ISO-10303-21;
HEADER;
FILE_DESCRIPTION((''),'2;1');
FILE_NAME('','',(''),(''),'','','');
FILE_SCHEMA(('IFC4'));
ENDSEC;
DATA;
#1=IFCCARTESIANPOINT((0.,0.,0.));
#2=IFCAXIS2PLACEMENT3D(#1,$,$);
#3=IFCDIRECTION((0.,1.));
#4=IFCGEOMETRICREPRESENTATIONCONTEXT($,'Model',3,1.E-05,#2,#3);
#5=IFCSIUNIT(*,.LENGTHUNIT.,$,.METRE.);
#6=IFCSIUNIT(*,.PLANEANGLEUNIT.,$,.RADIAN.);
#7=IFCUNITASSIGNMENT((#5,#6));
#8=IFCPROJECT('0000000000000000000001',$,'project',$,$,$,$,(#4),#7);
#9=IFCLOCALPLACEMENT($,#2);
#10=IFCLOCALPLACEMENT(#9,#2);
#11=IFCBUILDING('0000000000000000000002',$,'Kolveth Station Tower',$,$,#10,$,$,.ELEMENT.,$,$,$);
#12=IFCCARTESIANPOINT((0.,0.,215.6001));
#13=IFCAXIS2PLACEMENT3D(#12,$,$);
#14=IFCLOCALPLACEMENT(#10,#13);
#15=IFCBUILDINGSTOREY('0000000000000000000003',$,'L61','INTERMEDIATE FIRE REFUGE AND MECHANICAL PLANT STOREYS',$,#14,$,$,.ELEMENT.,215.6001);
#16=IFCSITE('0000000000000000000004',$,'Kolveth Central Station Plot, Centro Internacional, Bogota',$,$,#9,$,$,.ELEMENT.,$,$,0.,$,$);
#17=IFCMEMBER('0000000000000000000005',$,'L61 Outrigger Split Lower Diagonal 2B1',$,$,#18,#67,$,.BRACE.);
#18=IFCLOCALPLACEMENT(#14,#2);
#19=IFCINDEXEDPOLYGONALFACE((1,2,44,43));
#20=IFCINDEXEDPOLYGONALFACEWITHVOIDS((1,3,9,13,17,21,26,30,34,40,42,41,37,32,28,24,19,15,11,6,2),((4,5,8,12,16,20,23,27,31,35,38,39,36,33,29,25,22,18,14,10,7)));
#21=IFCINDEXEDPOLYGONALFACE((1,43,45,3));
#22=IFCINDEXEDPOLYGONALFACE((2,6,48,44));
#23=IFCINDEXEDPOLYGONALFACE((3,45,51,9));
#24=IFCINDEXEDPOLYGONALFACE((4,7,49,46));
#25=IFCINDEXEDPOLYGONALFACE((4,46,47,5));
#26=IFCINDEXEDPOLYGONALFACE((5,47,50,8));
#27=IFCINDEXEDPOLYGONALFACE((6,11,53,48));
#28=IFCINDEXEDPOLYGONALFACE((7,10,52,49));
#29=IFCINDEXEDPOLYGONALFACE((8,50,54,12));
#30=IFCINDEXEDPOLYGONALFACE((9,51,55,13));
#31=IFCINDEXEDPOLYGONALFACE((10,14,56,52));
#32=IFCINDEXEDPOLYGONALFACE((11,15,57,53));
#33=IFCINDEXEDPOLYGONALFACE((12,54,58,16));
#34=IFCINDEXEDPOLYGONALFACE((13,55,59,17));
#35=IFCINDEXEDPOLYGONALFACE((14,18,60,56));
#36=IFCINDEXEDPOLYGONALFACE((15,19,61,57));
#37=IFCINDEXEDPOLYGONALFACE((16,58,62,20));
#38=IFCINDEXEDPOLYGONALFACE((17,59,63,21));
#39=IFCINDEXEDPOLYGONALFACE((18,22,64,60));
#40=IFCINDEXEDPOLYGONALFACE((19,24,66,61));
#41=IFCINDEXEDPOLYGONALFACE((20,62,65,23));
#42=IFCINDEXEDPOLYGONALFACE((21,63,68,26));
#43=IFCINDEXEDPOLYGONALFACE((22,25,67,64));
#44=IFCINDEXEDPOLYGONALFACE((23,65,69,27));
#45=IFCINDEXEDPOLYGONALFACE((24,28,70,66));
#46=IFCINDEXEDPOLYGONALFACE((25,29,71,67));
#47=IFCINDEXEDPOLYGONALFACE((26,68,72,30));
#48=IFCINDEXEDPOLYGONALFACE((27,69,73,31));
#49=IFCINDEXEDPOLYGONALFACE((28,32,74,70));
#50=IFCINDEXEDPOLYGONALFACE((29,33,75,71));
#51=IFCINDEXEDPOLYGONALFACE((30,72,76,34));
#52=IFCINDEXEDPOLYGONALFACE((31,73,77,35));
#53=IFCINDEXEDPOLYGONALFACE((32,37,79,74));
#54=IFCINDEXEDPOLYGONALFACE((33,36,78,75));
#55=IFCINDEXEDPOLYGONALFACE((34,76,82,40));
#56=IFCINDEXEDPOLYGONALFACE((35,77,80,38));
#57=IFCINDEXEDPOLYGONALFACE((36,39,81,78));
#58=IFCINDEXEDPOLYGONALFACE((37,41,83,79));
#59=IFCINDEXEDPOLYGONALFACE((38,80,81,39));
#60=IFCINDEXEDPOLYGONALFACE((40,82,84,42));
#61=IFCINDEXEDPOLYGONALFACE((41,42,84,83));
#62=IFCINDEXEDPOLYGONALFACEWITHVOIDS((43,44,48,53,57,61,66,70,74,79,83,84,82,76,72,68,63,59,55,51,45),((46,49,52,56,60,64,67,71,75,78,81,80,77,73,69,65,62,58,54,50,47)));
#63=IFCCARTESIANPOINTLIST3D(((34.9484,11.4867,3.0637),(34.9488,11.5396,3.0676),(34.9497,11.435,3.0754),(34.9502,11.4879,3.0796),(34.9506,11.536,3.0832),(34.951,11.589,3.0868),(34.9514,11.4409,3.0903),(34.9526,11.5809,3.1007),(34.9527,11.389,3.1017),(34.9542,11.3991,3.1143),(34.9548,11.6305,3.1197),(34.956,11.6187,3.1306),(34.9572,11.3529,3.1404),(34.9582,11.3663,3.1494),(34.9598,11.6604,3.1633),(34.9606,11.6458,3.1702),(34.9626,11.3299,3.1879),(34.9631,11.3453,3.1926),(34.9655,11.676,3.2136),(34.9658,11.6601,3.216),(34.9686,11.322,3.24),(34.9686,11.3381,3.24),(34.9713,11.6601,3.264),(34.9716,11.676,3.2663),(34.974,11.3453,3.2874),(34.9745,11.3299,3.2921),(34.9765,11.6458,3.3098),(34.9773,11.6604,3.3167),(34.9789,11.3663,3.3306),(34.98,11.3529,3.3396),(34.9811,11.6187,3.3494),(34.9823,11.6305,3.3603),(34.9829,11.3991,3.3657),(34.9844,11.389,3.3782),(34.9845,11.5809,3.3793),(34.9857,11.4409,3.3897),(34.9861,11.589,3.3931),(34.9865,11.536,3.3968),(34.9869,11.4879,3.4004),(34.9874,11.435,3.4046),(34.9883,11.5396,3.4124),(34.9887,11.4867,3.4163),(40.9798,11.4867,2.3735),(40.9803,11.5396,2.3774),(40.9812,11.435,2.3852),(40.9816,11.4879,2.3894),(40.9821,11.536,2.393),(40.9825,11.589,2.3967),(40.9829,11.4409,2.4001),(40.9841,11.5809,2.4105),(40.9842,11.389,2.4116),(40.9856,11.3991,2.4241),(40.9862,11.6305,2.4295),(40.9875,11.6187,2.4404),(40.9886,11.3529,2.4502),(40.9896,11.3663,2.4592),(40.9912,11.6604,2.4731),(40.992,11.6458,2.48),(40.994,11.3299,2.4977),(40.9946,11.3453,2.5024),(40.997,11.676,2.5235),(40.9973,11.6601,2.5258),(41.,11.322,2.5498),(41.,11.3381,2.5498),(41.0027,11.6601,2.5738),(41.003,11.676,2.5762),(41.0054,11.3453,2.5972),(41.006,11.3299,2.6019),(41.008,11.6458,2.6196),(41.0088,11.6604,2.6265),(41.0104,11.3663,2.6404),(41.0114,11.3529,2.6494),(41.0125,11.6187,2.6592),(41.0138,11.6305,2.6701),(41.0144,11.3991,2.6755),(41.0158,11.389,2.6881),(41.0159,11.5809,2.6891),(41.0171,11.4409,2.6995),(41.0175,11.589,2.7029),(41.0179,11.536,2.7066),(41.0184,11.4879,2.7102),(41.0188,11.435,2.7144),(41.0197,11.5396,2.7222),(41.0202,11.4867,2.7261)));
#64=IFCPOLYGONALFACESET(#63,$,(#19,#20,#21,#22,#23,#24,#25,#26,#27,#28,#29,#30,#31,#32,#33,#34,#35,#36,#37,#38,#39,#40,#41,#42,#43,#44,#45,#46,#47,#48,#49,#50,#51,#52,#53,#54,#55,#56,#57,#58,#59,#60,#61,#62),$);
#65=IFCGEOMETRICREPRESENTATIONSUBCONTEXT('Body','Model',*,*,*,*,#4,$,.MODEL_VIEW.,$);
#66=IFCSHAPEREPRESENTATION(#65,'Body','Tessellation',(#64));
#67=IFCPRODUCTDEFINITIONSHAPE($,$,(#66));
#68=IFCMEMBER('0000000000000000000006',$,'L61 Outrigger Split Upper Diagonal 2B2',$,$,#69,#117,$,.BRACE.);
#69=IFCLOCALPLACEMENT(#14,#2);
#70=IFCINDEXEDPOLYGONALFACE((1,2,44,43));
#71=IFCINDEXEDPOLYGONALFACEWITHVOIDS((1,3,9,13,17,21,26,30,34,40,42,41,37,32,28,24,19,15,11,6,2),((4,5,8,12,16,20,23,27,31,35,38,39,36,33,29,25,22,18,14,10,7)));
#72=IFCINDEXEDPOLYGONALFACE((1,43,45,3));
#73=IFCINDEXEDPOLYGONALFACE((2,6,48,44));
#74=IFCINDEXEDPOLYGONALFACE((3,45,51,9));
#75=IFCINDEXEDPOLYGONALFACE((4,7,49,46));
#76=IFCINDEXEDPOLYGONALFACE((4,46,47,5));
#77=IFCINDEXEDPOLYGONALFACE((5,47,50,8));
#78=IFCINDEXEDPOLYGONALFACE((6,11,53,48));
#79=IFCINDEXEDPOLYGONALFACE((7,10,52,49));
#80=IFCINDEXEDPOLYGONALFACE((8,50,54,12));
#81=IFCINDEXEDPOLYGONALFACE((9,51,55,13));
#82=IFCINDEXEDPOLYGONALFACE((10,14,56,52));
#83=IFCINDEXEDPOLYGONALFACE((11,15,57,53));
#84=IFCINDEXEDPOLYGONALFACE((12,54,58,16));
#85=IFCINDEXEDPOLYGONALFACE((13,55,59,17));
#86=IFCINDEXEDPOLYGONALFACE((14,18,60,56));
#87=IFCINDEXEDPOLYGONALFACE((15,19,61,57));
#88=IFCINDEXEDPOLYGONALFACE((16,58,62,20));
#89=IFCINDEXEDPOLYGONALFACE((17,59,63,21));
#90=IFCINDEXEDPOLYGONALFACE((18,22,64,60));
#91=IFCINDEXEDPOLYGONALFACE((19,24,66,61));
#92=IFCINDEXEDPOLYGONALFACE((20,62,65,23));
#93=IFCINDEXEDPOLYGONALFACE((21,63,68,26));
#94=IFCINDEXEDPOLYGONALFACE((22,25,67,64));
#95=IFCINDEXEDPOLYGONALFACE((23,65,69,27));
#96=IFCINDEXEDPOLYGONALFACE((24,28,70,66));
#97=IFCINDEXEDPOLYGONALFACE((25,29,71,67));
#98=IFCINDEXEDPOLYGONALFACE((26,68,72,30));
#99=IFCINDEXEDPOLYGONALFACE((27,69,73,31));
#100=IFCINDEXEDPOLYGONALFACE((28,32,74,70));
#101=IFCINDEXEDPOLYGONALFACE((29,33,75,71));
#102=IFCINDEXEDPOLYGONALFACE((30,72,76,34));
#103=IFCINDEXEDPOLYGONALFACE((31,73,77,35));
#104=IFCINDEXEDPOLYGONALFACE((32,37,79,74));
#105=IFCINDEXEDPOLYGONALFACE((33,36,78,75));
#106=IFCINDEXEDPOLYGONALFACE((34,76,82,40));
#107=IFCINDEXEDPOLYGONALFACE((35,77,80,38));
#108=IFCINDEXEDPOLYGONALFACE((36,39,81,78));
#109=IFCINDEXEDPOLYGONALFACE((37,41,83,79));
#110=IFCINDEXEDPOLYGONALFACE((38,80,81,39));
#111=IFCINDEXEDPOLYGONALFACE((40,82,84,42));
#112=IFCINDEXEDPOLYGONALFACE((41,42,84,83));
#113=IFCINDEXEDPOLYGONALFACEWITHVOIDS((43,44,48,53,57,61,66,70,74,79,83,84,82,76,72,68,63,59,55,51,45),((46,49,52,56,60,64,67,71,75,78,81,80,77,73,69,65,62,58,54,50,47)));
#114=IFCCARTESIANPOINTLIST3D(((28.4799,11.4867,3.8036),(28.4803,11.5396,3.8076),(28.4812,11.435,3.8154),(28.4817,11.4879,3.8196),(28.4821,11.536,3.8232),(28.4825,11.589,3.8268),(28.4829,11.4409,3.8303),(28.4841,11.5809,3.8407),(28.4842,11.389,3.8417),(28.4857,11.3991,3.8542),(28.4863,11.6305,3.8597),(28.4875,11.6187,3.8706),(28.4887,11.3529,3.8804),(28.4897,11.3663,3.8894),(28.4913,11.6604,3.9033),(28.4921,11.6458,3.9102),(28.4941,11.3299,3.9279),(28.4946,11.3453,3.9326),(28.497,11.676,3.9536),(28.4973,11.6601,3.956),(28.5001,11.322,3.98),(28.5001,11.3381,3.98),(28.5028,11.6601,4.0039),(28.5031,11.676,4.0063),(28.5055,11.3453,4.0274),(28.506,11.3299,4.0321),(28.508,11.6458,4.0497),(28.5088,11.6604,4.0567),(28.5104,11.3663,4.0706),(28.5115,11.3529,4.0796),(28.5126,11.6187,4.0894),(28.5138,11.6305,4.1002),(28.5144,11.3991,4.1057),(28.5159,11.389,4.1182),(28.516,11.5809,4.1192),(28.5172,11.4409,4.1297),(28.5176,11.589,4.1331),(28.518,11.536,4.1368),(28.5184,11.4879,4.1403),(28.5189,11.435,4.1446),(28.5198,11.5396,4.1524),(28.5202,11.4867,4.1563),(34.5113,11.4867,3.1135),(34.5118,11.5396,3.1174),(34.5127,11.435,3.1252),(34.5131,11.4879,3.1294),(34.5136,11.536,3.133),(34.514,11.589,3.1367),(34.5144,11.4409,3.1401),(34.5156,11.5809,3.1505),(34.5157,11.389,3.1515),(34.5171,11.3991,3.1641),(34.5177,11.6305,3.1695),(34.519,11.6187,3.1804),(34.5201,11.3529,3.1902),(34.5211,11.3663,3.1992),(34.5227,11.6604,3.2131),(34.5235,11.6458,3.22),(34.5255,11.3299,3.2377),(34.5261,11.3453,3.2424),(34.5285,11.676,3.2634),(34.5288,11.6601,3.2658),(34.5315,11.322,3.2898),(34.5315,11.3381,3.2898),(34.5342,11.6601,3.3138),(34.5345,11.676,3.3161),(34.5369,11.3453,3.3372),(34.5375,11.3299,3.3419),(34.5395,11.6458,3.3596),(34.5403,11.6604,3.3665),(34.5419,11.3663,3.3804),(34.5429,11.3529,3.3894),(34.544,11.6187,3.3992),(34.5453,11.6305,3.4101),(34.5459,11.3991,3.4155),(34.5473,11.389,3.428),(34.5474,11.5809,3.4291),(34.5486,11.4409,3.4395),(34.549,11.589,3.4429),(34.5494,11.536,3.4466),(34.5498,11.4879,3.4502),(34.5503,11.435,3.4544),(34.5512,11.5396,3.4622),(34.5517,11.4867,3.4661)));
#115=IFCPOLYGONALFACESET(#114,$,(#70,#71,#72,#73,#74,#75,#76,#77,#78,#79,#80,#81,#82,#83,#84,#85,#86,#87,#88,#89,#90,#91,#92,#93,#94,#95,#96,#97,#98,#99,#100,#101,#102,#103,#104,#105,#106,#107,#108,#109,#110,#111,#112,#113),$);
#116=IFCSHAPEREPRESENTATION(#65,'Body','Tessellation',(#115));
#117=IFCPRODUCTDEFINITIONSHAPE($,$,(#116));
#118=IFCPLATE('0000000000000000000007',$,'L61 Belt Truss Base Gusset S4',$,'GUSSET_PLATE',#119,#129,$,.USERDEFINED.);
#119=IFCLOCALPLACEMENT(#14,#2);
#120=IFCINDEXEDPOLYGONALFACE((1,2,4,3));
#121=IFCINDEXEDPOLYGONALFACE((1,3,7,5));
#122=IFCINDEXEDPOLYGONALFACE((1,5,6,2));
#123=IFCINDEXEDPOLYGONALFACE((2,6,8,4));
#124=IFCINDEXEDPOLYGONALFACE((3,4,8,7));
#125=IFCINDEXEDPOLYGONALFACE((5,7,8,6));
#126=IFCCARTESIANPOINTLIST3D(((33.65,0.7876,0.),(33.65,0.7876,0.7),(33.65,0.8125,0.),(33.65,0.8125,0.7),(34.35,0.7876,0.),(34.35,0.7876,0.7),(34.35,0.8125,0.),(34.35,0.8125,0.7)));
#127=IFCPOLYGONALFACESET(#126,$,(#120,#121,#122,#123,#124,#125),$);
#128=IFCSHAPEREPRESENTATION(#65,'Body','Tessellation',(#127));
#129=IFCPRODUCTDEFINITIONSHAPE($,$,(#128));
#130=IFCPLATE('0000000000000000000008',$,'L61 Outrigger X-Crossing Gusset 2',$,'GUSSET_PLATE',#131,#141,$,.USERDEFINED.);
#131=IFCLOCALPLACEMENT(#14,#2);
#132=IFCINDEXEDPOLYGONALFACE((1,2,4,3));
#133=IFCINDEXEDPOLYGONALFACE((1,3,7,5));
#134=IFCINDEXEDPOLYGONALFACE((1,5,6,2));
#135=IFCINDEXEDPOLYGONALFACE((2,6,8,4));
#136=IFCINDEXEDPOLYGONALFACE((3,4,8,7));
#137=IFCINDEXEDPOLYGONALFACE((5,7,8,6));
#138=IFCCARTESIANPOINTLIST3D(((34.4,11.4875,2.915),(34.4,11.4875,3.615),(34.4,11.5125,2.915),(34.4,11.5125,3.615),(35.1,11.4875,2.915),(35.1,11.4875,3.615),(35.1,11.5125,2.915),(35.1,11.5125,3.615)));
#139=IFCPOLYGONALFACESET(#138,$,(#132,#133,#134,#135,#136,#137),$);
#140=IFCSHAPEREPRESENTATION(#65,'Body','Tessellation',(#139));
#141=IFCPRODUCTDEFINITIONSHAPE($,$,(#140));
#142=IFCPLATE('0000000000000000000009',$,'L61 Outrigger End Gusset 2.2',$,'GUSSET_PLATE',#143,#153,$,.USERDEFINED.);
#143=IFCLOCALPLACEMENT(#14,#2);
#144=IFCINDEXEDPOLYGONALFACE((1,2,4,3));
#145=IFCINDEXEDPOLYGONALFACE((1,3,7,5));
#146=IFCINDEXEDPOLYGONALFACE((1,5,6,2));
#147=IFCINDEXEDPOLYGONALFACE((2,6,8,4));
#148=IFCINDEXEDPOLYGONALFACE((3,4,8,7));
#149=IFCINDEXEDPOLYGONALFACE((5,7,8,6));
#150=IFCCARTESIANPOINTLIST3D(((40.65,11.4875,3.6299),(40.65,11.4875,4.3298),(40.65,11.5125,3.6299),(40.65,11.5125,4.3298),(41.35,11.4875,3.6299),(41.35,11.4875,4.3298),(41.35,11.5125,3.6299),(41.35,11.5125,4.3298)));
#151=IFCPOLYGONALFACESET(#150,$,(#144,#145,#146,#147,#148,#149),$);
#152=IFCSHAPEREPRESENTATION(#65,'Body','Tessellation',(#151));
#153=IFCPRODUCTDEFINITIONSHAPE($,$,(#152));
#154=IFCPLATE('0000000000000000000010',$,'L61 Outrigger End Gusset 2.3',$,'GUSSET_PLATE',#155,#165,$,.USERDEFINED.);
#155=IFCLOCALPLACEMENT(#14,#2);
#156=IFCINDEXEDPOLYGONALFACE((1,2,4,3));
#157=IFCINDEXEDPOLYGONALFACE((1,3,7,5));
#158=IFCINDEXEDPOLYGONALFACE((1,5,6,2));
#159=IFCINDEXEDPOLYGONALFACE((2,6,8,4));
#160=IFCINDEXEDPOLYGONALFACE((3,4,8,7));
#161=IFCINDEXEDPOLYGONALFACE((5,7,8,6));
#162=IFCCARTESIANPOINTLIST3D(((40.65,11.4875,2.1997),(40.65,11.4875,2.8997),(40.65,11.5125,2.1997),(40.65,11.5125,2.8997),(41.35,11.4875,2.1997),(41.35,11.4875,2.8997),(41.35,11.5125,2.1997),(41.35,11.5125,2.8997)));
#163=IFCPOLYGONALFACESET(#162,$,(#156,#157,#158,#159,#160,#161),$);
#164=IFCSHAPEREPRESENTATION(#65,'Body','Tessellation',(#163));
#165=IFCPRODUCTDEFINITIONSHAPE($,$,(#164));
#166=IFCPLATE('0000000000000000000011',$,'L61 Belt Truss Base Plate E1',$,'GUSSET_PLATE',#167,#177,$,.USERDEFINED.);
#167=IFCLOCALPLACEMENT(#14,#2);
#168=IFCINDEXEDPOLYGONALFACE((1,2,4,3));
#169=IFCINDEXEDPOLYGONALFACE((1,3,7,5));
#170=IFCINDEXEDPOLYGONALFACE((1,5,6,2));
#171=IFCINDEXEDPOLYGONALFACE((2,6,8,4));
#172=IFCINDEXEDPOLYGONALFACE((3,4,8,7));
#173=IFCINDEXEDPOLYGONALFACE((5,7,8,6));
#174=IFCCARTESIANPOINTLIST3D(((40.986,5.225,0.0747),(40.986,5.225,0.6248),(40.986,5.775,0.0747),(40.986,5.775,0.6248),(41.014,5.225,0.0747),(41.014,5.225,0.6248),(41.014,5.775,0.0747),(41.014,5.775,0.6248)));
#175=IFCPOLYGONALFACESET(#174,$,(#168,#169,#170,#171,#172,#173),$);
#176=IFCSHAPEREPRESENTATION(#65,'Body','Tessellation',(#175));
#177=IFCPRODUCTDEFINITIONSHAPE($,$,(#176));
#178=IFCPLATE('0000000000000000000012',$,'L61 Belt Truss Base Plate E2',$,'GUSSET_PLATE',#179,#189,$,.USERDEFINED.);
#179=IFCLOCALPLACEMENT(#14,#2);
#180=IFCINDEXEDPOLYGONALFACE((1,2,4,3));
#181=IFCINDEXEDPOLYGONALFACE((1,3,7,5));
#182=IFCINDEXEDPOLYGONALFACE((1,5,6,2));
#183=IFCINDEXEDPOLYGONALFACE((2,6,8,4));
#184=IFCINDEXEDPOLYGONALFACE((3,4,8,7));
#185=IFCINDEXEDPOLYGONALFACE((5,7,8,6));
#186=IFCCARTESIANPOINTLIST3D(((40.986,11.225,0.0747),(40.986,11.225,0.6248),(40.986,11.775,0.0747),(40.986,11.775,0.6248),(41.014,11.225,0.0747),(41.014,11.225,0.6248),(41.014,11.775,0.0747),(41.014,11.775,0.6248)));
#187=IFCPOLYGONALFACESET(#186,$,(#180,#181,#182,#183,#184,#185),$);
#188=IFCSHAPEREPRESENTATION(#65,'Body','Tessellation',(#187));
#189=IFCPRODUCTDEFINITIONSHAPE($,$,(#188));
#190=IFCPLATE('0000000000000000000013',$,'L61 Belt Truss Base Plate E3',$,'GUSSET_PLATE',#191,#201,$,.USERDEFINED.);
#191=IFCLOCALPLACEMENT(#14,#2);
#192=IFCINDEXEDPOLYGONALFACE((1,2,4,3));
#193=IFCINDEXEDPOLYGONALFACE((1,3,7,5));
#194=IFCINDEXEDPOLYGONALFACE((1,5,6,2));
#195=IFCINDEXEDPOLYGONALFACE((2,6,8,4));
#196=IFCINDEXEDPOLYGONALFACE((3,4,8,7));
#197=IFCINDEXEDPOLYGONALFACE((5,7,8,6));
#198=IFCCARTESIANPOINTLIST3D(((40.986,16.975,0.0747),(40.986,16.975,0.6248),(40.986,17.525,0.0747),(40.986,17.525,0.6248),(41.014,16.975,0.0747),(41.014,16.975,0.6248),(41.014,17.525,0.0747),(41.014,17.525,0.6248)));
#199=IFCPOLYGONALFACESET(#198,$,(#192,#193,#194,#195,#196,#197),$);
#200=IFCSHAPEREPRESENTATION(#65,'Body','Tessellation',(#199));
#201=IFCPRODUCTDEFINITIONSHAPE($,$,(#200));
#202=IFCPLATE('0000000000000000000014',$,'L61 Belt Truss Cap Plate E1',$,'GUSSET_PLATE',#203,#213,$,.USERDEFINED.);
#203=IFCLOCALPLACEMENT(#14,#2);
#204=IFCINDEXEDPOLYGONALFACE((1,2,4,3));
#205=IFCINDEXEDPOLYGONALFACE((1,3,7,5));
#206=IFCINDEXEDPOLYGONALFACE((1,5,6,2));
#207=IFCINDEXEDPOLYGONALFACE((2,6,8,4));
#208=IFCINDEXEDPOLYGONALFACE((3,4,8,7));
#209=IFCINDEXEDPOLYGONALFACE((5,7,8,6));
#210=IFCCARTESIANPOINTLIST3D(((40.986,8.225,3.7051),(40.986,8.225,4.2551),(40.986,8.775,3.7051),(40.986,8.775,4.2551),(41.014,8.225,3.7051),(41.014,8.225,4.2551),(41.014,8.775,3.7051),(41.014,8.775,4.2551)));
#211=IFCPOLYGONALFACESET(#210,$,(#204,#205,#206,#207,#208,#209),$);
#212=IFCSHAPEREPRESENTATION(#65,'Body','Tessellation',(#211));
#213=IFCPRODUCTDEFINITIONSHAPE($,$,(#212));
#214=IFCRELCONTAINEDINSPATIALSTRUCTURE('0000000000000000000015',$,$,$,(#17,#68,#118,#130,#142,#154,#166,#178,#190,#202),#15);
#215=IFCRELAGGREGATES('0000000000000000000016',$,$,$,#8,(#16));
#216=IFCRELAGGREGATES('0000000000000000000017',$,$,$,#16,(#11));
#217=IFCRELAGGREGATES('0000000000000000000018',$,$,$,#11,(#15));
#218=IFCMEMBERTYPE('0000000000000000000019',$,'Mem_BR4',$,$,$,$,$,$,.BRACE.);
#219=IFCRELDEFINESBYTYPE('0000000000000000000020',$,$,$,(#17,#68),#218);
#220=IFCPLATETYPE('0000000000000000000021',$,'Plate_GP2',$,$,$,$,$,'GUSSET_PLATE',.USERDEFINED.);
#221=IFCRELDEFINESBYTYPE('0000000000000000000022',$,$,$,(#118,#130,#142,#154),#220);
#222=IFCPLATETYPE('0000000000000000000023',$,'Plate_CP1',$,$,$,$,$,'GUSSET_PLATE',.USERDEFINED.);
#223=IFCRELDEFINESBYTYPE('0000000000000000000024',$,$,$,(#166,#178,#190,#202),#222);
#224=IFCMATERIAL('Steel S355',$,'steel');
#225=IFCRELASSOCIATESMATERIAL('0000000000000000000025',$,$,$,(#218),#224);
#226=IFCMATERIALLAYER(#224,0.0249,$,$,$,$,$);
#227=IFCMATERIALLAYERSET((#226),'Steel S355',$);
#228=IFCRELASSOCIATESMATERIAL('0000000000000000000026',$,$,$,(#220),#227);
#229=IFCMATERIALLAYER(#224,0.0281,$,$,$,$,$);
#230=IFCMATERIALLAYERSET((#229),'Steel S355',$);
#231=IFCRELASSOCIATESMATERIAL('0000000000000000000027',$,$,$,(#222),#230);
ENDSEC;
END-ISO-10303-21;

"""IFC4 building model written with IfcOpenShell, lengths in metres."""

from ifc_helpers import new_model, si_unit, direction, frame, origin, origin_2d, place, context, subcontext, project, spatial, rectangle, hollow_circle, extrude, source, transform, mapped, material, layer, layer_set, material_profile, profile_set, type_object, element, save


model = new_model("IFC4")

# Units and contexts
model_context = context("Model", 3, precision=1e-05, world=origin(), true_north=direction((0.0, 1.0)))
body_context = subcontext(model_context, "Body", "Model", "MODEL_VIEW")
ifc_project = project(units=[si_unit("LENGTHUNIT", "METRE"), si_unit("PLANEANGLEUNIT", "RADIAN")], contexts=[model_context])

# Site, building, storey
site_placement = place(None, origin())
site = spatial("IfcSite", under=ifc_project, at=site_placement, Name="Kolveth Central Station Plot, Centro Internacional, Bogota", CompositionType="ELEMENT", RefElevation=0.0)
building_placement = place(site_placement, origin())
building = spatial("IfcBuilding", under=site, at=building_placement, Name="Kolveth Station Tower", CompositionType="ELEMENT")
storey_placement = place(building_placement, frame((0.0, 0.0, 215.6001)))
storey = spatial("IfcBuildingStorey", under=building, at=storey_placement, Name="L61", Description="INTERMEDIATE FIRE REFUGE AND MECHANICAL PLANT STOREYS", CompositionType="ELEMENT", Elevation=215.6001)

# Shared definitions
ifc_material_1 = material(Name="Steel S355", Category="steel")

# Members
ifc_material_profile_1 = material_profile(ifc_material_1, hollow_circle(Radius=0.178, WallThickness=0.0161, at=origin_2d()), Name="CHS356x16")
ifc_profile_set_1 = profile_set([ifc_material_profile_1], Name="Steel S355")
member_type_1 = type_object("IfcMemberType", Name="Mem_BR4", PredefinedType="BRACE", material=ifc_profile_set_1)
shared_shape_1 = source(origin(), body_context, "Body", "SweptSolid", [
    extrude(hollow_circle(Radius=0.178, WallThickness=0.0161, at=origin_2d()), origin(), (0.0, 0.0, 1.0), 6.0708),
])
for number, where, z_axis, x_axis, name in (
    (1, (41.0, 11.5, 2.5498), (-0.993516, 0.0, 0.113688), (0.0, -1.0, 0.0), "L61 Outrigger Split Lower Diagonal 2B1"),
    (2, (34.5315, 11.5, 3.2898), (-0.993516, 0.0, 0.113688), (0.0, -1.0, 0.0), "L61 Outrigger Split Upper Diagonal 2B2"),
):
    element("IfcMember", number, at=place(storey_placement, frame(where, z_axis=z_axis, x_axis=x_axis)), inside=storey, type_object=member_type_1, Name=name, PredefinedType="BRACE", context=body_context, shape_type="MappedRepresentation", body=[
        mapped(shared_shape_1, transform((0.0, 0.0, 0.0), x_axis=(1.0, 0.0, 0.0), y_axis=(0.0, 1.0, 0.0), z_axis=(0.0, 0.0, 1.0), scale=1.0)),
    ])

# Plates
ifc_layer_1 = layer(ifc_material_1, 0.0249)
ifc_layer_set_1 = layer_set([ifc_layer_1], Name="Steel S355")
plate_type_1 = type_object("IfcPlateType", Name="Plate_GP2", ElementType="GUSSET_PLATE", PredefinedType="USERDEFINED", material=ifc_layer_set_1)
shared_shape_2 = source(origin(), body_context, "Body", "SweptSolid", [
    extrude(rectangle(XDim=0.7, YDim=0.0249, at=origin_2d()), origin(), (0.0, 0.0, 1.0), 0.7),
])
for number, where, z_axis, x_axis, name in (
    (3, (34.0, 0.8, 0.0), (0.0, 0.0, 1.0), (1.0, 0.0, 0.0), "L61 Belt Truss Base Gusset S4"),
    (4, (34.75, 11.5, 2.915), (0.0, 0.0, 1.0), (1.0, 0.0, 0.0), "L61 Outrigger X-Crossing Gusset 2"),
    (5, (41.0, 11.5, 3.6299), (0.0, 0.0, 1.0), (1.0, 0.0, 0.0), "L61 Outrigger End Gusset 2.2"),
    (6, (41.0, 11.5, 2.1997), (0.0, 0.0, 1.0), (1.0, 0.0, 0.0), "L61 Outrigger End Gusset 2.3"),
):
    element("IfcPlate", number, at=place(storey_placement, frame(where, z_axis=z_axis, x_axis=x_axis)), inside=storey, type_object=plate_type_1, Name=name, ObjectType="GUSSET_PLATE", PredefinedType="USERDEFINED", context=body_context, shape_type="MappedRepresentation", body=[
        mapped(shared_shape_2, transform((0.0, 0.0, 0.0), x_axis=(1.0, 0.0, 0.0), y_axis=(0.0, 1.0, 0.0), z_axis=(0.0, 0.0, 1.0), scale=1.0)),
    ])
ifc_layer_2 = layer(ifc_material_1, 0.0281)
ifc_layer_set_2 = layer_set([ifc_layer_2], Name="Steel S355")
plate_type_2 = type_object("IfcPlateType", Name="Plate_CP1", ElementType="GUSSET_PLATE", PredefinedType="USERDEFINED", material=ifc_layer_set_2)
shared_shape_3 = source(origin(), body_context, "Body", "SweptSolid", [
    extrude(rectangle(XDim=0.0281, YDim=0.55, at=origin_2d()), origin(), (0.0, 0.0, 1.0), 0.55),
])
for number, where, z_axis, x_axis, name in (
    (7, (41.0, 5.5, 0.0747), (0.0, 0.0, 1.0), (1.0, 0.0, 0.0), "L61 Belt Truss Base Plate E1"),
    (8, (41.0, 11.5, 0.0747), (0.0, 0.0, 1.0), (1.0, 0.0, 0.0), "L61 Belt Truss Base Plate E2"),
    (9, (41.0, 17.25, 0.0747), (0.0, 0.0, 1.0), (1.0, 0.0, 0.0), "L61 Belt Truss Base Plate E3"),
    (10, (41.0, 8.5, 3.7051), (0.0, 0.0, 1.0), (1.0, 0.0, 0.0), "L61 Belt Truss Cap Plate E1"),
):
    element("IfcPlate", number, at=place(storey_placement, frame(where, z_axis=z_axis, x_axis=x_axis)), inside=storey, type_object=plate_type_2, Name=name, ObjectType="GUSSET_PLATE", PredefinedType="USERDEFINED", context=body_context, shape_type="MappedRepresentation", body=[
        mapped(shared_shape_3, transform((0.0, 0.0, 0.0), x_axis=(1.0, 0.0, 0.0), y_axis=(0.0, 1.0, 0.0), z_axis=(0.0, 0.0, 1.0), scale=1.0)),
    ])

save(model, "model.ifc")
